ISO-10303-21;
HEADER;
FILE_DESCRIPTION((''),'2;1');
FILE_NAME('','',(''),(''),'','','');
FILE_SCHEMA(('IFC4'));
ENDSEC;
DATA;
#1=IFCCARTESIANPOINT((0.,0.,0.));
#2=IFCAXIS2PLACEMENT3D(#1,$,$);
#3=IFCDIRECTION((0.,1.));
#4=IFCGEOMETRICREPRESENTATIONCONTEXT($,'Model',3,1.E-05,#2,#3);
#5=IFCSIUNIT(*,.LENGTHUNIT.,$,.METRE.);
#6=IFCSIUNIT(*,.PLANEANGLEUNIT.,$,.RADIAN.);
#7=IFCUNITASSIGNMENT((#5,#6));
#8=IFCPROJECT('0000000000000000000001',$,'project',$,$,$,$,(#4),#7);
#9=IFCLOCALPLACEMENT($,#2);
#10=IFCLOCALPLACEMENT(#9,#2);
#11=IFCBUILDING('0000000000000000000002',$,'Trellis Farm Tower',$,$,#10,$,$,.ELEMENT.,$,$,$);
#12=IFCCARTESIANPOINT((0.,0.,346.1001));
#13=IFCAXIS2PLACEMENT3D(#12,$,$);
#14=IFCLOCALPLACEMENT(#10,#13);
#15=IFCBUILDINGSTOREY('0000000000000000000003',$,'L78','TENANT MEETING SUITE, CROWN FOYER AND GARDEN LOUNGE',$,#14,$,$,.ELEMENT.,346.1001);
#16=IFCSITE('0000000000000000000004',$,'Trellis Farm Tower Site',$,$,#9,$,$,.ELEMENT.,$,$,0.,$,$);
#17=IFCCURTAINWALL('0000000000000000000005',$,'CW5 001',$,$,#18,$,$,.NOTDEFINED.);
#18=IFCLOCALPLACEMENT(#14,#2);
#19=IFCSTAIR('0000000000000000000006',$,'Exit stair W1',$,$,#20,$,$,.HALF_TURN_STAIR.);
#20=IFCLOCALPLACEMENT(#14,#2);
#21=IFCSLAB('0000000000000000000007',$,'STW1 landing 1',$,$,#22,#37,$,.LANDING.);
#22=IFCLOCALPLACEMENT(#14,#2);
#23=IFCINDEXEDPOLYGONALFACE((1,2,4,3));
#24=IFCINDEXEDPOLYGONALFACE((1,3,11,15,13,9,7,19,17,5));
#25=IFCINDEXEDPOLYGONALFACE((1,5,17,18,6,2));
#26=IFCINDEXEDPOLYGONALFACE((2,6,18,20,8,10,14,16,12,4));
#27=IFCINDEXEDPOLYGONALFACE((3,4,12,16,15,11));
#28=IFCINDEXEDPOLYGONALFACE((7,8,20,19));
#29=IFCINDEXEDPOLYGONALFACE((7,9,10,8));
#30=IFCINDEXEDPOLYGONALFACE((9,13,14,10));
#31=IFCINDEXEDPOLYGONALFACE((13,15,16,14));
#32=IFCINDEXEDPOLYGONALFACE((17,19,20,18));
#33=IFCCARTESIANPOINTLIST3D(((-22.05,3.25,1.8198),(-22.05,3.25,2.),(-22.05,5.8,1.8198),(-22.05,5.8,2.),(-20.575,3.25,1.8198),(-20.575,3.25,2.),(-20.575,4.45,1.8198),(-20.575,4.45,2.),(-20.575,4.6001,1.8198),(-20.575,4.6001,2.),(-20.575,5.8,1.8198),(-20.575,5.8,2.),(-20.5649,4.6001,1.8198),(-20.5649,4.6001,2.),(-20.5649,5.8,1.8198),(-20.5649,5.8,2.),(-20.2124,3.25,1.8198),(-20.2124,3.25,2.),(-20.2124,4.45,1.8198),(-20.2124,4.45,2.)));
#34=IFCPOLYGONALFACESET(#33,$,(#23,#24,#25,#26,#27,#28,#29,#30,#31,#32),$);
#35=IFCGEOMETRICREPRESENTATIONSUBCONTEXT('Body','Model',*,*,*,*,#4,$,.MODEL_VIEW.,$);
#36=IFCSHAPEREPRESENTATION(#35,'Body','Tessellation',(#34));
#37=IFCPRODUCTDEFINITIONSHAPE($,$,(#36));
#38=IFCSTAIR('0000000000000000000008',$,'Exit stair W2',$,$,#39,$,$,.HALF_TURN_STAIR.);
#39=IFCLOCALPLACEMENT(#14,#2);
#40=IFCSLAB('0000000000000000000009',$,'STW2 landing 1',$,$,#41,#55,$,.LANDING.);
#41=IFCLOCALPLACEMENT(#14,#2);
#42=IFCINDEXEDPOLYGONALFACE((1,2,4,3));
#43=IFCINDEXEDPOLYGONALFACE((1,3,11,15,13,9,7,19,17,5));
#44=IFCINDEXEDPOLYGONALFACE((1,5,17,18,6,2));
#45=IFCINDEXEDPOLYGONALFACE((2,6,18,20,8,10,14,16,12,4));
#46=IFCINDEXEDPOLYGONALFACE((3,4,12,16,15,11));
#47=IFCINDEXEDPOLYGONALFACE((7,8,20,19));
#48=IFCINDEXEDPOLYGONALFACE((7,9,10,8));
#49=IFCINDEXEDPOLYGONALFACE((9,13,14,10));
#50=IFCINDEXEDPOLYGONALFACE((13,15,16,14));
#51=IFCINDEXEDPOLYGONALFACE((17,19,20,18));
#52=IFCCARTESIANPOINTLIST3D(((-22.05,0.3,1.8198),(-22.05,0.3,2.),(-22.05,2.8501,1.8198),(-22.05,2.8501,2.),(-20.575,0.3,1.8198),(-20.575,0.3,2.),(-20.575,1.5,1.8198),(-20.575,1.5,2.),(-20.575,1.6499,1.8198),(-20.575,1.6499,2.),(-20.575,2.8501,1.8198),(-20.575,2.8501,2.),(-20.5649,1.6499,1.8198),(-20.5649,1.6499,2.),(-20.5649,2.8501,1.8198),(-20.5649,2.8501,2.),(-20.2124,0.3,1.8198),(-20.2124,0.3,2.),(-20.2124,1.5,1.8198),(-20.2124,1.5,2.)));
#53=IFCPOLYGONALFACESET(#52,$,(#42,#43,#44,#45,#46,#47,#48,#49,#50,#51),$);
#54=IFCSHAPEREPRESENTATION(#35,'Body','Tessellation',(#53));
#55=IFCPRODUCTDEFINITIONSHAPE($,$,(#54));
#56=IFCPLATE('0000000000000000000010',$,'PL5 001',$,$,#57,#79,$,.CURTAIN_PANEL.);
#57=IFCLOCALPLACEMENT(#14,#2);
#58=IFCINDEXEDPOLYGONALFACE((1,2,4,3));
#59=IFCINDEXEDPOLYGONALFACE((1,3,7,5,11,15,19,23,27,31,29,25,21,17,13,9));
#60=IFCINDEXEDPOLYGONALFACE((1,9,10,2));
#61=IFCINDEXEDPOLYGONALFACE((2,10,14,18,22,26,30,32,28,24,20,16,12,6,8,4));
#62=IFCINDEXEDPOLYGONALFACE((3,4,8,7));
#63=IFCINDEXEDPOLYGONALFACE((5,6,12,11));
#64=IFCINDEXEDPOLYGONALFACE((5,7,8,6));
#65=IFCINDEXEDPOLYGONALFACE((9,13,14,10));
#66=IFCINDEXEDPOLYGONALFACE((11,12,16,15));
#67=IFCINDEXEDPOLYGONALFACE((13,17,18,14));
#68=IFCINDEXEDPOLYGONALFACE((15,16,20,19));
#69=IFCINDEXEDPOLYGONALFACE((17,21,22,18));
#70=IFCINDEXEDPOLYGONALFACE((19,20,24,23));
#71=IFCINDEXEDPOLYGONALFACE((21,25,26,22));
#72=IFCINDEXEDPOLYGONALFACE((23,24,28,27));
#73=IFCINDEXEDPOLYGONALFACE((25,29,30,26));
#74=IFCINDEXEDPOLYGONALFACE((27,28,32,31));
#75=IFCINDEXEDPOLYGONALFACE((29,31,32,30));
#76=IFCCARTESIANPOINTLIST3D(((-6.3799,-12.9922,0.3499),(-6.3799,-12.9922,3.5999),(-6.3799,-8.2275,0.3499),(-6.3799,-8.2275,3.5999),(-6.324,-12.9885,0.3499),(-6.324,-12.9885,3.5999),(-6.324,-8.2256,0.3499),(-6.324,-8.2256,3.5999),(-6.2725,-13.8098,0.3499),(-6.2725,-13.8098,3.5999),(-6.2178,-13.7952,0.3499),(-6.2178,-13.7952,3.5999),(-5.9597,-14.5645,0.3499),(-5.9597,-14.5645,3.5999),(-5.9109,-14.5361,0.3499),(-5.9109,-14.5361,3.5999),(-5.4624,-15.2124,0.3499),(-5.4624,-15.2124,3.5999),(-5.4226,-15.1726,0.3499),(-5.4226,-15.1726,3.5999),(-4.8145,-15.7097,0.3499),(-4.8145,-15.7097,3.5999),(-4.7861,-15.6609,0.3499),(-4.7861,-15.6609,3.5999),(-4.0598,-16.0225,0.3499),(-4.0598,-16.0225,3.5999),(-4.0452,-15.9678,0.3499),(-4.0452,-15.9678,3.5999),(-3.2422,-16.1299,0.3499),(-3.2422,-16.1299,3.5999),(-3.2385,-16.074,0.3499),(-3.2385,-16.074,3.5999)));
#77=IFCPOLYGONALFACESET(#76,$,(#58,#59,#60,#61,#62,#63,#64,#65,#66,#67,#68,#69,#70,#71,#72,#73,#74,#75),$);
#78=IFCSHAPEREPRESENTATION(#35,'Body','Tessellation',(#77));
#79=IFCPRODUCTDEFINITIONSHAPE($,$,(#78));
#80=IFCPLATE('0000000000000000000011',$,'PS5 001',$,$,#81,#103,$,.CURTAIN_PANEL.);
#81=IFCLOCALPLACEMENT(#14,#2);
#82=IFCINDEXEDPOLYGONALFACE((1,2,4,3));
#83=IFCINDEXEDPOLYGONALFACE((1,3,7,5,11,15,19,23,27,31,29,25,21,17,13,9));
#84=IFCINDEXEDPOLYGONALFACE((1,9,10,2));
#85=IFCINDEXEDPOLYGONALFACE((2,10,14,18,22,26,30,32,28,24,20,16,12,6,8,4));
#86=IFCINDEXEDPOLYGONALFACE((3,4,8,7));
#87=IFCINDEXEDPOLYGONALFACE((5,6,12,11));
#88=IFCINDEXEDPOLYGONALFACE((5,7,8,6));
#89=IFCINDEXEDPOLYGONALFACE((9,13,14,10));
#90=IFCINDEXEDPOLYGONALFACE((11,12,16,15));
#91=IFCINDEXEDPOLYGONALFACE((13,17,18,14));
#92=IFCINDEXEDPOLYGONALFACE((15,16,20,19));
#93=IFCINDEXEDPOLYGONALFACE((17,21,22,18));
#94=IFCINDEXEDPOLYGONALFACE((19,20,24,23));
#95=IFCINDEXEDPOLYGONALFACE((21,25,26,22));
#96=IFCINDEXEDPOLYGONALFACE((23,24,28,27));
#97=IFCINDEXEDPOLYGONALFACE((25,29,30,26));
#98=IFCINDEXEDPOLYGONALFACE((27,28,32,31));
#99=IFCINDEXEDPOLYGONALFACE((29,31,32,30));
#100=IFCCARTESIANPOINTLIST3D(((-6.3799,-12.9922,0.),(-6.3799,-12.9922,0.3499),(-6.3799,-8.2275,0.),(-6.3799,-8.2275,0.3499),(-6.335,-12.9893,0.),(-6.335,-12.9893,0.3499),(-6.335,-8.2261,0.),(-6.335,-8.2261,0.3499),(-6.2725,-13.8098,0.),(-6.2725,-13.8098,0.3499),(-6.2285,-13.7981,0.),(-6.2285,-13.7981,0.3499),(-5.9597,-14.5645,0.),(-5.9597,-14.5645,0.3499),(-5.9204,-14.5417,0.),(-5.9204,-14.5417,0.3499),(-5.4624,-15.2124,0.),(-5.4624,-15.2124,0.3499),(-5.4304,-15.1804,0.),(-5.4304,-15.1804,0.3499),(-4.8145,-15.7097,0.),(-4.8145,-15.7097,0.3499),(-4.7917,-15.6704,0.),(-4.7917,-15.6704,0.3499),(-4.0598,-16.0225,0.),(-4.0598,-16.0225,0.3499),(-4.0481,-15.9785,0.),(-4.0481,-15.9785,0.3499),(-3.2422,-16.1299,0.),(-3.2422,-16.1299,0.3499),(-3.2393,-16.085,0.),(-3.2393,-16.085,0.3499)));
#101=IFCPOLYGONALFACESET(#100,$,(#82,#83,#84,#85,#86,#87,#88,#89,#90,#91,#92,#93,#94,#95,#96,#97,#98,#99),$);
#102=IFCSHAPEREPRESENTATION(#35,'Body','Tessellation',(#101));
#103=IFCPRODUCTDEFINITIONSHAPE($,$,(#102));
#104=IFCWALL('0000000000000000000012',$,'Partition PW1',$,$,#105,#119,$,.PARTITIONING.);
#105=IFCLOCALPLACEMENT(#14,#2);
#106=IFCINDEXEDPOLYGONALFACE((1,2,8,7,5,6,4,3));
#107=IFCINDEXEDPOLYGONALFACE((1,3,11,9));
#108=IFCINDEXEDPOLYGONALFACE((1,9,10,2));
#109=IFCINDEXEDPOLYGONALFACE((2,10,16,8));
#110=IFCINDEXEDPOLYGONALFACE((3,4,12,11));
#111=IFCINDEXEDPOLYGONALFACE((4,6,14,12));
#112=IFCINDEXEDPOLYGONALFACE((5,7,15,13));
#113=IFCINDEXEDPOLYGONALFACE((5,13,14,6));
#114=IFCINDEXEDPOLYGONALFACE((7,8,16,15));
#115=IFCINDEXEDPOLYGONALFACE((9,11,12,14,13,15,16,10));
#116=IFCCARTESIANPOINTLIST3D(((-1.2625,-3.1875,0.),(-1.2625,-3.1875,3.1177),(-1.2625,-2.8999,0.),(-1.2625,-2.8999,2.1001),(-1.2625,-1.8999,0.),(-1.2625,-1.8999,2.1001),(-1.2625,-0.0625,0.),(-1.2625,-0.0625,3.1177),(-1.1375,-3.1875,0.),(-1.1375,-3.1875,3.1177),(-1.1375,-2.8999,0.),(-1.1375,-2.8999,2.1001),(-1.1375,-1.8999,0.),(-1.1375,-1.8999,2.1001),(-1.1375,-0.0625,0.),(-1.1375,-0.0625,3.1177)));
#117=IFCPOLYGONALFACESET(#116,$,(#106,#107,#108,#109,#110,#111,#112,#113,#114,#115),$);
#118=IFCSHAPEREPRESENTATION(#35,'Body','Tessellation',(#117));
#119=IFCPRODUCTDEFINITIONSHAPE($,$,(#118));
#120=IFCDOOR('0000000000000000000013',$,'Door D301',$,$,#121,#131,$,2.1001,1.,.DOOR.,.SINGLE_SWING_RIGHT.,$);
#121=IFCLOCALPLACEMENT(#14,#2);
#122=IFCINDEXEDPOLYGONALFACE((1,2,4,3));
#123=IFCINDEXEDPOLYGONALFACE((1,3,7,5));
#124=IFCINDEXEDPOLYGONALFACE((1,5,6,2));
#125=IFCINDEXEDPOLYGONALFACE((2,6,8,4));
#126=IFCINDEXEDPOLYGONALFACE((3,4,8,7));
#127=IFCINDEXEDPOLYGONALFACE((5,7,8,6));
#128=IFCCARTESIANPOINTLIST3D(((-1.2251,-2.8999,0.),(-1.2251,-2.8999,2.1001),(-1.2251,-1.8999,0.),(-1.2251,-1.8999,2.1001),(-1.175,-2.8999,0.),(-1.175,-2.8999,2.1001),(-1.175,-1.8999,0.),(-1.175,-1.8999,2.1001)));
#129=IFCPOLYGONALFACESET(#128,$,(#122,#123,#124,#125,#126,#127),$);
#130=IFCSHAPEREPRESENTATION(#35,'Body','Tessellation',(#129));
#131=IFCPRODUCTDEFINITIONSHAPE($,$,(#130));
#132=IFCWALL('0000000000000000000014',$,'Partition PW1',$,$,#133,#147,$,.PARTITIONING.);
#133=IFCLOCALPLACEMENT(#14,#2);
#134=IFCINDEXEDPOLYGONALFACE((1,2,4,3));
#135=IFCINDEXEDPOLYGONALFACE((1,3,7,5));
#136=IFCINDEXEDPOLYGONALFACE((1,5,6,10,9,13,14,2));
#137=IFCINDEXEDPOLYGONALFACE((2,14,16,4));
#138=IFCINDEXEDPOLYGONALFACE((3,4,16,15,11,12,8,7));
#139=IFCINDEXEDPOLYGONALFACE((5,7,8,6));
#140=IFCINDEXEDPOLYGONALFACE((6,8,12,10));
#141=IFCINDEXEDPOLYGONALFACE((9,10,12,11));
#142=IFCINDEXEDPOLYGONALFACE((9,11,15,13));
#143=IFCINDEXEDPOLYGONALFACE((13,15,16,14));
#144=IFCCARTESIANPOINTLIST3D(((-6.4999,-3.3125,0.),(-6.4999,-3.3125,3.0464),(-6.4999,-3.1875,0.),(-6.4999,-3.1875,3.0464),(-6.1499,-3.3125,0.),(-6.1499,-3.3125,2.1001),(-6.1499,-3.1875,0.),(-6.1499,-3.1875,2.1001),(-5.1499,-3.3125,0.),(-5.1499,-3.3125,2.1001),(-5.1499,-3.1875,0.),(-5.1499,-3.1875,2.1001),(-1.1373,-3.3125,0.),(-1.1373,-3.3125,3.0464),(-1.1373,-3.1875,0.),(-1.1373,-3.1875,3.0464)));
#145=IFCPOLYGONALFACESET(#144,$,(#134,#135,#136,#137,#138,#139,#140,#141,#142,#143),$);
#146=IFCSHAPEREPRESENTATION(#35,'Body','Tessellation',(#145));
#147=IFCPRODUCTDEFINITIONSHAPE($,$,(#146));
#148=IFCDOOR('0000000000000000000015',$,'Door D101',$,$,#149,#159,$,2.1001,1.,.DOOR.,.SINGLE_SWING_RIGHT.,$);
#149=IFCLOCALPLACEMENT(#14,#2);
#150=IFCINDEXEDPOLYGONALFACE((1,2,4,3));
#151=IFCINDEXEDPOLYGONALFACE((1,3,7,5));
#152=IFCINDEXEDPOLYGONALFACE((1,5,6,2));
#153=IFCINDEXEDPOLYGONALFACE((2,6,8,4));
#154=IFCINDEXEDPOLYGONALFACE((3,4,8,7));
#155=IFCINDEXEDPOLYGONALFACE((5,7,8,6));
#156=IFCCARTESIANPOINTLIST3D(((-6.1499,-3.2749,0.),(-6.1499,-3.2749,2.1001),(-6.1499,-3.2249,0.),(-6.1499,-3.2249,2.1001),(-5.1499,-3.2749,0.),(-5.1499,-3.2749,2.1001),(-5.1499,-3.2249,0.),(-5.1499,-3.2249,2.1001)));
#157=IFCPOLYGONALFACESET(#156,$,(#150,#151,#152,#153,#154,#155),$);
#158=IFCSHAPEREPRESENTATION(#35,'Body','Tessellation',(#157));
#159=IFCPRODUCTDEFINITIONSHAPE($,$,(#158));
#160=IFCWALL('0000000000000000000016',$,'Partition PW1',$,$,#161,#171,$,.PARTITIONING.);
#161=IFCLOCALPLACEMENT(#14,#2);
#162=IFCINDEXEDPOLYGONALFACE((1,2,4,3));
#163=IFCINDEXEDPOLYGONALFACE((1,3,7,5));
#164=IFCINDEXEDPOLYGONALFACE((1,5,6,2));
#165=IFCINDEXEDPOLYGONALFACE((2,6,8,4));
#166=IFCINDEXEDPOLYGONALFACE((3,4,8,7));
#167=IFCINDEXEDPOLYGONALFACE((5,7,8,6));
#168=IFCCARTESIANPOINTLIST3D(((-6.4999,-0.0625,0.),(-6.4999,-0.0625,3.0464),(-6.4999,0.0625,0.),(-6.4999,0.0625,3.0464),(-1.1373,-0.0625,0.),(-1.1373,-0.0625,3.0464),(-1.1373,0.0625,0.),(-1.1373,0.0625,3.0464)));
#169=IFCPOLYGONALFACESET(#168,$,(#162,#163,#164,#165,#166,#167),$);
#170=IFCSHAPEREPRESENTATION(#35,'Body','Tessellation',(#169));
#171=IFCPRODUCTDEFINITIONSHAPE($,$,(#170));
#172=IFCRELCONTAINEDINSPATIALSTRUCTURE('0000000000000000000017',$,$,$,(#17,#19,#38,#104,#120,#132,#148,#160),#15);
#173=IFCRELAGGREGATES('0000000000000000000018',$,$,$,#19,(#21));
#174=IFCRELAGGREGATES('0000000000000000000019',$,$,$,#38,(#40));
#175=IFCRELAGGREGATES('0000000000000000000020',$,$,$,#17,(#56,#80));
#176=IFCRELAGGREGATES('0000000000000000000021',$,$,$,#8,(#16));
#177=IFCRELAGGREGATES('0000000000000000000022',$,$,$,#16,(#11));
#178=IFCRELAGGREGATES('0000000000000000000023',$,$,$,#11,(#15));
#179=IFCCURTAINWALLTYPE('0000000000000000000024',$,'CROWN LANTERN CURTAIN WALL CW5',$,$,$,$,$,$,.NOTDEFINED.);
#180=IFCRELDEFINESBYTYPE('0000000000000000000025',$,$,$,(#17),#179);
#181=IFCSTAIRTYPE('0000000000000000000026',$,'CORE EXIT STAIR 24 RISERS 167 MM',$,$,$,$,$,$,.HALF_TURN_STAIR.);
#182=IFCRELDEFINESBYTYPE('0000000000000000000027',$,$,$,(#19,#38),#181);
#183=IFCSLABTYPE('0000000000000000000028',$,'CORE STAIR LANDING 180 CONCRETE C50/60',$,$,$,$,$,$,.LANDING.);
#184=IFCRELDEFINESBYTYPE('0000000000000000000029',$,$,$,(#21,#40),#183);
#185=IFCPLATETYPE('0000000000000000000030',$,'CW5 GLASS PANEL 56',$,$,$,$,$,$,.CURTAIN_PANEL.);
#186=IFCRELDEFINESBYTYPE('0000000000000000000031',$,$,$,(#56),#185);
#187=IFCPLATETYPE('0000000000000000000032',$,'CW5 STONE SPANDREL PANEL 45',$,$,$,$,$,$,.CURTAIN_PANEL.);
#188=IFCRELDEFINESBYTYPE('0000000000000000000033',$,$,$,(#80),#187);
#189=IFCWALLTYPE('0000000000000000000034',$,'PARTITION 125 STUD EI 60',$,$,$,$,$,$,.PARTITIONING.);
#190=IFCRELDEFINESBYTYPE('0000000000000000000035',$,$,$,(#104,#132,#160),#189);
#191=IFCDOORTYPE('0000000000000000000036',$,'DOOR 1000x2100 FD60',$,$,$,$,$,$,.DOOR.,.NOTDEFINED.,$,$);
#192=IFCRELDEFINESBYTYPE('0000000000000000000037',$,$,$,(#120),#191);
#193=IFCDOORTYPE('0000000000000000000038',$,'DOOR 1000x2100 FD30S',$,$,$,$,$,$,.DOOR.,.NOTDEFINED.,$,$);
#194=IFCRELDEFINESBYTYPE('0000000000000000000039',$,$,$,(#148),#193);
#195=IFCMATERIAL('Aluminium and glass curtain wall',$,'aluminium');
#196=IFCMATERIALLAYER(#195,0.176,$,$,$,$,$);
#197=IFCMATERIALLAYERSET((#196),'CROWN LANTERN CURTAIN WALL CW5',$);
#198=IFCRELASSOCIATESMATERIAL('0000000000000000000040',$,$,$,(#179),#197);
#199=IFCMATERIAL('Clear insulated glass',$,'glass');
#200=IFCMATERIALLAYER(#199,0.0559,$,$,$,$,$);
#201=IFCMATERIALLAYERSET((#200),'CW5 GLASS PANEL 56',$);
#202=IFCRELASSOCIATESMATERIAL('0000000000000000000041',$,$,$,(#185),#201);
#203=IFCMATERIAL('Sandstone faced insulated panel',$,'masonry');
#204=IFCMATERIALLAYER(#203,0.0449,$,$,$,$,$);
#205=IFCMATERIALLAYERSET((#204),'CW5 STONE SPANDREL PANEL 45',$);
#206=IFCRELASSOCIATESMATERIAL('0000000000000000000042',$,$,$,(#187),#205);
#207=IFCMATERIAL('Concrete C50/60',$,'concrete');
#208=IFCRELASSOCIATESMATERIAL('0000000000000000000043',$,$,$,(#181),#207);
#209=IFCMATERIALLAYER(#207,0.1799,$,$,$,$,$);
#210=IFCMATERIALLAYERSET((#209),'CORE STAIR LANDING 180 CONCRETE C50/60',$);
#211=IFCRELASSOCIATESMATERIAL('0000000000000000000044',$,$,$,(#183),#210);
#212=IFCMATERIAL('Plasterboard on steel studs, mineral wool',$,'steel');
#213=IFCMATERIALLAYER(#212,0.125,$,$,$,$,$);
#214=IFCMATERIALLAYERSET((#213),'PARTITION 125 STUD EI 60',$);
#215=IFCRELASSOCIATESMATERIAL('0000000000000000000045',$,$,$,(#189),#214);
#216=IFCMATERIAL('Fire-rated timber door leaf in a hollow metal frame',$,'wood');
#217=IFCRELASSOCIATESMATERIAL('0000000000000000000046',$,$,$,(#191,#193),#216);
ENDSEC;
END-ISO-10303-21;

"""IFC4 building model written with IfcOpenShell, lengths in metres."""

from ifc_helpers import new_model, si_unit, direction, frame, frame_2d, origin, place, context, subcontext, project, spatial, polyline, rectangle, outline, extrude, source, transform, mapped, material, layer, layer_set, type_object, element, fill, aggregate, save


model = new_model("IFC4")

# Units and contexts
model_context = context("Model", 3, precision=1e-05, world=origin(), true_north=direction((0.0, 1.0)))
body_context = subcontext(model_context, "Body", "Model", "MODEL_VIEW")
ifc_project = project(units=[si_unit("LENGTHUNIT", "METRE"), si_unit("PLANEANGLEUNIT", "RADIAN")], contexts=[model_context])

# Site, building, storey
site_placement = place(None, origin())
site = spatial("IfcSite", under=ifc_project, at=site_placement, Name="Trellis Farm Tower Site", CompositionType="ELEMENT", RefElevation=0.0)
building_placement = place(site_placement, origin())
building = spatial("IfcBuilding", under=site, at=building_placement, Name="Trellis Farm Tower", CompositionType="ELEMENT")
storey_placement = place(building_placement, frame((0.0, 0.0, 346.1001)))
storey = spatial("IfcBuildingStorey", under=building, at=storey_placement, Name="L78", Description="TENANT MEETING SUITE, CROWN FOYER AND GARDEN LOUNGE", CompositionType="ELEMENT", Elevation=346.1001)

# Shared definitions
ifc_material_1 = material(Name="Concrete C50/60", Category="concrete")

# Shared definitions
ifc_material_2 = material(Name="Aluminium and glass curtain wall", Category="aluminium")
ifc_layer_1 = layer(ifc_material_2, 0.176)
ifc_layer_set_1 = layer_set([ifc_layer_1], Name="CROWN LANTERN CURTAIN WALL CW5")
curtain_wall_type = type_object("IfcCurtainWallType", Name="CROWN LANTERN CURTAIN WALL CW5", PredefinedType="NOTDEFINED", material=ifc_layer_set_1)
placement_1 = place(storey_placement, origin())

# Curtain wall
curtain_wall_1 = element("IfcCurtainWall", 1, at=placement_1, inside=storey, type_object=curtain_wall_type, Name="CW5 001", PredefinedType="NOTDEFINED")

# Shared definitions
ifc_material_3 = material(Name="Clear insulated glass", Category="glass")
ifc_layer_2 = layer(ifc_material_3, 0.0559)
ifc_layer_set_2 = layer_set([ifc_layer_2], Name="CW5 GLASS PANEL 56")
plate_type_1 = type_object("IfcPlateType", Name="CW5 GLASS PANEL 56", PredefinedType="CURTAIN_PANEL", material=ifc_layer_set_2)
placement_2 = place(storey_placement, frame((0.0, 0.0, 0.3499)))

# Shared definitions
ifc_material_4 = material(Name="Sandstone faced insulated panel", Category="masonry")
ifc_layer_3 = layer(ifc_material_4, 0.0449)
ifc_layer_set_3 = layer_set([ifc_layer_3], Name="CW5 STONE SPANDREL PANEL 45")
plate_type_2 = type_object("IfcPlateType", Name="CW5 STONE SPANDREL PANEL 45", PredefinedType="CURTAIN_PANEL", material=ifc_layer_set_3)

# Stairs, slabs
stair_type = type_object("IfcStairType", Name="CORE EXIT STAIR 24 RISERS 167 MM", PredefinedType="HALF_TURN_STAIR", material=ifc_material_1)
ifc_layer_4 = layer(ifc_material_1, 0.1799)
ifc_layer_set_4 = layer_set([ifc_layer_4], Name="CORE STAIR LANDING 180 CONCRETE C50/60")
slab_type_1 = type_object("IfcSlabType", Name="CORE STAIR LANDING 180 CONCRETE C50/60", PredefinedType="LANDING", material=ifc_layer_set_4)
placement_3 = place(storey_placement, frame((0.0, 0.0, 1.8198)))
stair_1 = element("IfcStair", 2, at=placement_1, inside=storey, type_object=stair_type, Name="Exit stair W1", PredefinedType="HALF_TURN_STAIR")
shared_shape_1 = source(origin(), body_context, "Body", "SweptSolid", [
    extrude(outline(polyline([(-20.2124, 4.45), (-20.2124, 3.25), (-20.575, 3.25), (-22.05, 3.25), (-22.05, 5.8), (-20.575, 5.8), (-20.5649, 5.8), (-20.5649, 4.6001), (-20.575, 4.6001), (-20.575, 4.45), (-20.2124, 4.45)])), origin(), (0.0, 0.0, 1.0), 0.1802),
])
slab_1 = element("IfcSlab", 3, at=placement_3, type_object=slab_type_1, Name="STW1 landing 1", PredefinedType="LANDING", context=body_context, shape_type="MappedRepresentation", body=[
    mapped(shared_shape_1, transform((0.0, 0.0, 0.0))),
])
aggregate(stair_1, [slab_1])
stair_2 = element("IfcStair", 4, at=placement_1, inside=storey, type_object=stair_type, Name="Exit stair W2", PredefinedType="HALF_TURN_STAIR")
shared_shape_2 = source(origin(), body_context, "Body", "SweptSolid", [
    extrude(outline(polyline([(-20.2124, 1.5), (-20.2124, 0.3), (-20.575, 0.3), (-22.05, 0.3), (-22.05, 2.8501), (-20.575, 2.8501), (-20.5649, 2.8501), (-20.5649, 1.6499), (-20.575, 1.6499), (-20.575, 1.5), (-20.2124, 1.5)])), origin(), (0.0, 0.0, 1.0), 0.1802),
])
slab_2 = element("IfcSlab", 5, at=placement_3, type_object=slab_type_1, Name="STW2 landing 1", PredefinedType="LANDING", context=body_context, shape_type="MappedRepresentation", body=[
    mapped(shared_shape_2, transform((0.0, 0.0, 0.0))),
])
aggregate(stair_2, [slab_2])

# Plates
shared_shape_3 = source(origin(), body_context, "Body", "SweptSolid", [
    extrude(outline(polyline([(-6.3799, -8.2275), (-6.3799, -12.9922), (-6.2725, -13.8098), (-5.9597, -14.5645), (-5.4624, -15.2124), (-4.8145, -15.7097), (-4.0598, -16.0225), (-3.2422, -16.1299), (-3.2385, -16.074), (-4.0452, -15.9678), (-4.7861, -15.6609), (-5.4226, -15.1726), (-5.9109, -14.5361), (-6.2178, -13.7952), (-6.324, -12.9885), (-6.324, -8.2256), (-6.3799, -8.2275)])), origin(), (0.0, 0.0, 1.0), 3.25),
])
plate_1 = element("IfcPlate", 6, at=placement_2, type_object=plate_type_1, Name="PL5 001", PredefinedType="CURTAIN_PANEL", context=body_context, shape_type="MappedRepresentation", body=[
    mapped(shared_shape_3, transform((0.0, 0.0, 0.0))),
])
shared_shape_4 = source(origin(), body_context, "Body", "SweptSolid", [
    extrude(outline(polyline([(-6.3799, -8.2275), (-6.3799, -12.9922), (-6.2725, -13.8098), (-5.9597, -14.5645), (-5.4624, -15.2124), (-4.8145, -15.7097), (-4.0598, -16.0225), (-3.2422, -16.1299), (-3.2393, -16.085), (-4.0481, -15.9785), (-4.7917, -15.6704), (-5.4304, -15.1804), (-5.9204, -14.5417), (-6.2285, -13.7981), (-6.335, -12.9893), (-6.335, -8.2261), (-6.3799, -8.2275)])), origin(), (0.0, 0.0, 1.0), 0.3499),
])
plate_2 = element("IfcPlate", 7, at=placement_1, type_object=plate_type_2, Name="PS5 001", PredefinedType="CURTAIN_PANEL", context=body_context, shape_type="MappedRepresentation", body=[
    mapped(shared_shape_4, transform((0.0, 0.0, 0.0))),
])
aggregate(curtain_wall_1, [plate_1, plate_2])

# Walls, openings, doors
ifc_material_5 = material(Name="Plasterboard on steel studs, mineral wool", Category="steel")
ifc_layer_5 = layer(ifc_material_5, 0.125)
ifc_layer_set_5 = layer_set([ifc_layer_5], Name="PARTITION 125 STUD EI 60")
wall_type_1 = type_object("IfcWallType", Name="PARTITION 125 STUD EI 60", PredefinedType="PARTITIONING", material=ifc_layer_set_5)
shared_shape_5 = source(origin(), body_context, "Body", "SweptSolid", [
    extrude(rectangle(XDim=3.125, YDim=0.125, at=frame_2d((1.5625, 0.0))), origin(), (0.0, 0.0, 1.0), 3.1177),
])
wall_1_placement = place(storey_placement, frame((-1.2, -0.0625, 0.0), z_axis=(0.0, 0.0, 1.0), x_axis=(0.0, -1.0, 0.0)))
wall_1 = element("IfcWall", 8, at=wall_1_placement, inside=storey, type_object=wall_type_1, Name="Partition PW1", PredefinedType="PARTITIONING", context=body_context, shape_type="MappedRepresentation", body=[
    mapped(shared_shape_5, transform((0.0, 0.0, 0.0))),
])
shared_shape_6 = source(origin(), body_context, "Body", "SweptSolid", [
    extrude(rectangle(XDim=1.0, YDim=2.1001, at=frame_2d((0.5, 1.05))), frame((0.0, 0.0725, 0.0), z_axis=(0.0, -1.0, 0.0), x_axis=(1.0, 0.0, 0.0)), (0.0, 0.0, 1.0), 0.145),
])
opening_1_placement = place(wall_1_placement, frame((1.8374, 0.0, 0.0)))
opening_1 = element("IfcOpeningElement", 9, at=opening_1_placement, cuts=wall_1, PredefinedType="OPENING", context=body_context, shape_type="MappedRepresentation", body=[
    mapped(shared_shape_6, transform((0.0, 0.0, 0.0))),
])
ifc_material_6 = material(Name="Fire-rated timber door leaf in a hollow metal frame", Category="wood")
door_type_1 = type_object("IfcDoorType", Name="DOOR 1000x2100 FD60", OperationType="NOTDEFINED", PredefinedType="DOOR", material=ifc_material_6)
shared_shape_7 = source(origin(), body_context, "Body", "SweptSolid", [
    extrude(rectangle(XDim=1.0, YDim=2.1001, at=frame_2d((0.5, 1.05))), frame((0.0, 0.0249, 0.0), z_axis=(0.0, -1.0, 0.0), x_axis=(1.0, 0.0, 0.0)), (0.0, 0.0, 1.0), 0.05),
])
door_1_placement = place(opening_1_placement, origin())
door_1 = element("IfcDoor", 10, at=door_1_placement, inside=storey, type_object=door_type_1, Name="Door D301", OperationType="SINGLE_SWING_RIGHT", OverallHeight=2.1001, OverallWidth=1.0, PredefinedType="DOOR", context=body_context, shape_type="MappedRepresentation", body=[
    mapped(shared_shape_7, transform((0.0, 0.0, 0.0))),
])
fill(opening_1, door_1)
shared_shape_8 = source(origin(), body_context, "Body", "SweptSolid", [
    extrude(rectangle(XDim=5.3625, YDim=0.125, at=frame_2d((2.6812, 0.0))), origin(), (0.0, 0.0, 1.0), 3.0464),
])
wall_2_placement = place(storey_placement, frame((-1.1375, -3.25, 0.0), z_axis=(0.0, 0.0, 1.0), x_axis=(-1.0, 0.0, 0.0)))
wall_2 = element("IfcWall", 11, at=wall_2_placement, inside=storey, type_object=wall_type_1, Name="Partition PW1", PredefinedType="PARTITIONING", context=body_context, shape_type="MappedRepresentation", body=[
    mapped(shared_shape_8, transform((0.0, 0.0, 0.0))),
])
opening_2_placement = place(wall_2_placement, frame((4.0125, 0.0, 0.0)))
opening_2 = element("IfcOpeningElement", 12, at=opening_2_placement, cuts=wall_2, PredefinedType="OPENING", context=body_context, shape_type="MappedRepresentation", body=[
    mapped(shared_shape_6, transform((0.0, 0.0, 0.0))),
])
door_type_2 = type_object("IfcDoorType", Name="DOOR 1000x2100 FD30S", OperationType="NOTDEFINED", PredefinedType="DOOR", material=ifc_material_6)
door_2_placement = place(opening_2_placement, origin())
door_2 = element("IfcDoor", 13, at=door_2_placement, inside=storey, type_object=door_type_2, Name="Door D101", OperationType="SINGLE_SWING_RIGHT", OverallHeight=2.1001, OverallWidth=1.0, PredefinedType="DOOR", context=body_context, shape_type="MappedRepresentation", body=[
    mapped(shared_shape_7, transform((0.0, 0.0, 0.0))),
])
fill(opening_2, door_2)

# Wall
wall_3_placement = place(storey_placement, frame((-1.1375, 0.0, 0.0), z_axis=(0.0, 0.0, 1.0), x_axis=(-1.0, 0.0, 0.0)))
element("IfcWall", 14, at=wall_3_placement, inside=storey, type_object=wall_type_1, Name="Partition PW1", PredefinedType="PARTITIONING", context=body_context, shape_type="MappedRepresentation", body=[
    mapped(shared_shape_8, transform((0.0, 0.0, 0.0))),
])

save(model, "model.ifc")
